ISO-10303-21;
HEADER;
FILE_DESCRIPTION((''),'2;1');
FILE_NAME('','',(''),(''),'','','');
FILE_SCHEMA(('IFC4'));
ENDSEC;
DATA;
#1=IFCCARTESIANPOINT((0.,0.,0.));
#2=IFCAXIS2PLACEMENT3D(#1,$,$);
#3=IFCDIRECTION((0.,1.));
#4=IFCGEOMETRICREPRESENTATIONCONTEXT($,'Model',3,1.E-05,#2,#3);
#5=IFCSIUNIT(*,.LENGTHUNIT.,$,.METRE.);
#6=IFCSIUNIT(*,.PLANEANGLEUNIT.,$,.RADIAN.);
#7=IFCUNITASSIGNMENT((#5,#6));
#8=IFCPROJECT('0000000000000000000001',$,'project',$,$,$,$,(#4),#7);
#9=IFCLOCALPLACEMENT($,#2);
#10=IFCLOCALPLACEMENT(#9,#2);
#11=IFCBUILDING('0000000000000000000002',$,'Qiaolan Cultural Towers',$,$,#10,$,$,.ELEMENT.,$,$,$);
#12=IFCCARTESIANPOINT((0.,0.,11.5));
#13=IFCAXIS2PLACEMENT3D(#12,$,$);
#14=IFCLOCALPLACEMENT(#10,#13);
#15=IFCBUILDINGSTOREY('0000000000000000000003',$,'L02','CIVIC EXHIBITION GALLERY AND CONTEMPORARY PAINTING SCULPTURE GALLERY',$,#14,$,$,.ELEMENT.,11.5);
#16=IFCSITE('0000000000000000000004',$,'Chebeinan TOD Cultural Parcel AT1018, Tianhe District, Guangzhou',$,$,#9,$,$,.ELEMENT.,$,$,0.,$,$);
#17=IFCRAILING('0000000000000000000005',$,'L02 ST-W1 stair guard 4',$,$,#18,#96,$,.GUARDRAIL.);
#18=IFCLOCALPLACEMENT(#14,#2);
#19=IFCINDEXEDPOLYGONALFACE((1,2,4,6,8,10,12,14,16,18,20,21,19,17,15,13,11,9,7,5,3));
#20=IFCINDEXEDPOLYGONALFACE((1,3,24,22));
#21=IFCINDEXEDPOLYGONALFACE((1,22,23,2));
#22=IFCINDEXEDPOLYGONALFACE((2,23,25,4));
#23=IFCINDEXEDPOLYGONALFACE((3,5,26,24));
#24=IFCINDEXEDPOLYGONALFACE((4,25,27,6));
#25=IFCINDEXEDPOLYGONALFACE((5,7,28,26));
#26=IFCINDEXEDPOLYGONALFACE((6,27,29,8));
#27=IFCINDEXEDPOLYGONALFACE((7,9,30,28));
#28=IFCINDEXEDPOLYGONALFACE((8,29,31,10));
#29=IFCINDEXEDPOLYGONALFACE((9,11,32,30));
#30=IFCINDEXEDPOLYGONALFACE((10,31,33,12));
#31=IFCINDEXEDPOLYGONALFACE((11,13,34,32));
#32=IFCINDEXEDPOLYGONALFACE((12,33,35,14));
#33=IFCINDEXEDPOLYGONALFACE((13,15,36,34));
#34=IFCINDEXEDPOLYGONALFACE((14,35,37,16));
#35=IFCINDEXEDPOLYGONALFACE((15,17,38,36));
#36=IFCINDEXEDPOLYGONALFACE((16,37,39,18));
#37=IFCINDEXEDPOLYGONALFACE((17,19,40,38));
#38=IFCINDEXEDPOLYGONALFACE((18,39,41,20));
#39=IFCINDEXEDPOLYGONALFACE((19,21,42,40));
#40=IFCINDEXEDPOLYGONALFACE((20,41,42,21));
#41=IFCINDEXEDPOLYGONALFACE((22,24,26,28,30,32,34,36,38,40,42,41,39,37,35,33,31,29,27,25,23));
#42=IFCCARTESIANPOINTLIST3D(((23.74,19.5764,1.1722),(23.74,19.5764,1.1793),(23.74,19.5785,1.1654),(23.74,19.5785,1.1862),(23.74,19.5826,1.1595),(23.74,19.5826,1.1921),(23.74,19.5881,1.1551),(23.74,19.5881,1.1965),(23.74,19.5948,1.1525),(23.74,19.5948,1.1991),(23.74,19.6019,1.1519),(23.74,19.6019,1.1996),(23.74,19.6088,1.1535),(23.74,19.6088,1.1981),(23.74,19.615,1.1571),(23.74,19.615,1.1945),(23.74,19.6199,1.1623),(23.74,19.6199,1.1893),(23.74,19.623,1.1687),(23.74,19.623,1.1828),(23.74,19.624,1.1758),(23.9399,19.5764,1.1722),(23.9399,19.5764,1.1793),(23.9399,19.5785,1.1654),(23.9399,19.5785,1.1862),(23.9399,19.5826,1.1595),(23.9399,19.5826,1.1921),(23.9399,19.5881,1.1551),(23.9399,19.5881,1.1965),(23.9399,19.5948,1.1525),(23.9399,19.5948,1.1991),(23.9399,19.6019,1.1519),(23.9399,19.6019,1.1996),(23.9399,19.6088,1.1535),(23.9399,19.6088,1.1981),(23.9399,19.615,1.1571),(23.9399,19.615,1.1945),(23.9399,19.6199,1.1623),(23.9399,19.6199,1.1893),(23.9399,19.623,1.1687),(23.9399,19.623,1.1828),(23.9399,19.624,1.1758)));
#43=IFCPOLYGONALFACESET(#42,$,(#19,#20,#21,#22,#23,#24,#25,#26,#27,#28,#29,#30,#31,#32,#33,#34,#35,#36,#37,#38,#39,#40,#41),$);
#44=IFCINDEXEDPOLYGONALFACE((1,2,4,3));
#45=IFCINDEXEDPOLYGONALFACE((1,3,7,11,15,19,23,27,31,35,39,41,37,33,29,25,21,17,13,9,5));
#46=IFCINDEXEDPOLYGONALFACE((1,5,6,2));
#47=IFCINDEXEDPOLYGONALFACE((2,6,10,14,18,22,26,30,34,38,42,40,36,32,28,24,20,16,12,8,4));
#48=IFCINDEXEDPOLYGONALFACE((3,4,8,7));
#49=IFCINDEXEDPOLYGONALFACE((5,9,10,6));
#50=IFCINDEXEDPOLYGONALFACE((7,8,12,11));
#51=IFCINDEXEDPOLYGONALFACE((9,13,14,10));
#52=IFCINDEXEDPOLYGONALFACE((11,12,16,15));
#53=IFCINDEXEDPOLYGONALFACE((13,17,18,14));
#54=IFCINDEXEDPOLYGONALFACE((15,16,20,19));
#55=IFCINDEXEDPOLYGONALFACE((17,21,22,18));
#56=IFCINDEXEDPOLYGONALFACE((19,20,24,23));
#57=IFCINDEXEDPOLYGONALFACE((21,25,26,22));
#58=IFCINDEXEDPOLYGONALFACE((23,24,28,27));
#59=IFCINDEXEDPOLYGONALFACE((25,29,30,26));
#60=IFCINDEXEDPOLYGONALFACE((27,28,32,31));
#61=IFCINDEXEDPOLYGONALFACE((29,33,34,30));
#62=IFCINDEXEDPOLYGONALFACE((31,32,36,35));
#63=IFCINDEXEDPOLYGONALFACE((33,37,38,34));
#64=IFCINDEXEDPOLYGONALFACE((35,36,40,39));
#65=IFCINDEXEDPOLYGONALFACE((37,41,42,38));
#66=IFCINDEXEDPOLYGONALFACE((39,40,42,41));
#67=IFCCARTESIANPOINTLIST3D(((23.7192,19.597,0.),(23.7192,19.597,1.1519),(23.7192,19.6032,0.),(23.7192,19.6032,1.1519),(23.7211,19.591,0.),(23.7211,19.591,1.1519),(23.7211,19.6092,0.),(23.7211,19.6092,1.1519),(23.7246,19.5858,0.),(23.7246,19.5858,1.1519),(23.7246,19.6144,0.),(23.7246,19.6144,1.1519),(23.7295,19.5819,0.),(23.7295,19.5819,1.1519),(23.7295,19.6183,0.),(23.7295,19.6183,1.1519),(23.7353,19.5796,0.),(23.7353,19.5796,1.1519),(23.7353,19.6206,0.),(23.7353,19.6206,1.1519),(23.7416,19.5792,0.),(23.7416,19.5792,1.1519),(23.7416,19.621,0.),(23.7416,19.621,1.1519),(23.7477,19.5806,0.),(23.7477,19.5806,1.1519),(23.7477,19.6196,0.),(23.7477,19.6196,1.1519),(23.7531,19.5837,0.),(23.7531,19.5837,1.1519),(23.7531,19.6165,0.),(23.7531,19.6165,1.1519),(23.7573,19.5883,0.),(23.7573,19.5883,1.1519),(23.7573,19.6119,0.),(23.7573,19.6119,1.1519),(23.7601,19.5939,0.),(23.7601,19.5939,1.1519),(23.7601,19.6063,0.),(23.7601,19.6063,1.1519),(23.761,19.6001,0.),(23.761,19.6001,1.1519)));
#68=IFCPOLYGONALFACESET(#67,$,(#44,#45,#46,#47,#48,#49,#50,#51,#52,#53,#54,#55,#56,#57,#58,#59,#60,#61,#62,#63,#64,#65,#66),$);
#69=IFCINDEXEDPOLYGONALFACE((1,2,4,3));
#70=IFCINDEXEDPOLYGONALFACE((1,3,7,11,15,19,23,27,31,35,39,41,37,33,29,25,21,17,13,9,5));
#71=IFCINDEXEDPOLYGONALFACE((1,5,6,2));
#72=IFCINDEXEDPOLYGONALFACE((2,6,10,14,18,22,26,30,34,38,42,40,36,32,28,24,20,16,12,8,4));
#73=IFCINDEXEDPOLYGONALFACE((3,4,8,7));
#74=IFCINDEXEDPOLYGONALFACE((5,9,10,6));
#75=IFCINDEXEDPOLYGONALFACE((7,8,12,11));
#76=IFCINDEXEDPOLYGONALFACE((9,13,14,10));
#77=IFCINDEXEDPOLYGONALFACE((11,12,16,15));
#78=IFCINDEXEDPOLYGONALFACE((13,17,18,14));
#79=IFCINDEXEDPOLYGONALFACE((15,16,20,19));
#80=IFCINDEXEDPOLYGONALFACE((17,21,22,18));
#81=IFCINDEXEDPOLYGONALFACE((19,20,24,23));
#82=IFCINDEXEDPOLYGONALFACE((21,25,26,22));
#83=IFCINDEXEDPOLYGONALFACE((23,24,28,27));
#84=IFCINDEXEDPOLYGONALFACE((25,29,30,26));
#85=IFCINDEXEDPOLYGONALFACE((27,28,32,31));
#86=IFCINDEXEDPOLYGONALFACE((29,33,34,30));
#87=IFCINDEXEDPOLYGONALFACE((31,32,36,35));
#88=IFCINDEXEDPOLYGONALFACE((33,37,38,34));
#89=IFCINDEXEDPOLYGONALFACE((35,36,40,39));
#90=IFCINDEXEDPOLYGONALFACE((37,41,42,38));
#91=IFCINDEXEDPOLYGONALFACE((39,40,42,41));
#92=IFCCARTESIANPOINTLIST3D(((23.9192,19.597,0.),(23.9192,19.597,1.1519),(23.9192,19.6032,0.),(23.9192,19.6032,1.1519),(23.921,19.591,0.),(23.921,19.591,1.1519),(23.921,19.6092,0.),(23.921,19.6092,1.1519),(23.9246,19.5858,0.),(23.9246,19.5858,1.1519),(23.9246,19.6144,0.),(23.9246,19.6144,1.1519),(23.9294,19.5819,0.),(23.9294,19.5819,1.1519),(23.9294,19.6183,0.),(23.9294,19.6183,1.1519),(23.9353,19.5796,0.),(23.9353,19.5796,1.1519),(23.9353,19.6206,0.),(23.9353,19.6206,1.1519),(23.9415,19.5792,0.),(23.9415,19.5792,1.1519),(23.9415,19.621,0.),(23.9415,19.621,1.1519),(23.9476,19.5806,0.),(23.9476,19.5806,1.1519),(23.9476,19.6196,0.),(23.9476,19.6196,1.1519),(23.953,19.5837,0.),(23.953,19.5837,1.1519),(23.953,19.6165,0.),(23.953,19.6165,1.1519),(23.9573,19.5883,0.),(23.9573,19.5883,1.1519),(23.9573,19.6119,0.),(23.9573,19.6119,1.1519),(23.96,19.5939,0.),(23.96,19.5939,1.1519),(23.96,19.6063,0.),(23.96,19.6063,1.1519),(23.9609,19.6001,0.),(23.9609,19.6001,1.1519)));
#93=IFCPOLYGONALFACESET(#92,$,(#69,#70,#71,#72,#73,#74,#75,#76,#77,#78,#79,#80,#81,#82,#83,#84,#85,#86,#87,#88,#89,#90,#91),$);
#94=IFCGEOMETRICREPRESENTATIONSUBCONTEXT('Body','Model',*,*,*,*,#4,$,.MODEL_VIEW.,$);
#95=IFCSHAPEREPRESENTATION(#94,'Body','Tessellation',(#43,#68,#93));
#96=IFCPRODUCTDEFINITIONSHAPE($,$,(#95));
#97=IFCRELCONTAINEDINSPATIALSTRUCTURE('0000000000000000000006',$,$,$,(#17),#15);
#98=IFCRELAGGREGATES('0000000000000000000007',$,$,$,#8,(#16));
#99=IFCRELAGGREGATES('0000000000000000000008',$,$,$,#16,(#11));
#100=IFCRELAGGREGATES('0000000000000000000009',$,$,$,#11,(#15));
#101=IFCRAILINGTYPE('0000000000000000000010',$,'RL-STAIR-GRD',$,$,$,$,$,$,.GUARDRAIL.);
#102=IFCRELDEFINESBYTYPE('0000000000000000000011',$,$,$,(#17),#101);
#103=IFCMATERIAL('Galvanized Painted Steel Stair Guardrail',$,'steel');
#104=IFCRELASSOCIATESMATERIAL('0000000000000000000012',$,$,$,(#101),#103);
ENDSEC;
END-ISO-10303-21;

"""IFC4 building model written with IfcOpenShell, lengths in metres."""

from ifc_helpers import new_model, si_unit, direction, frame, origin, origin_2d, place, context, subcontext, project, spatial, circle, extrude, material, type_object, element, save


model = new_model("IFC4")

# Units and contexts
model_context = context("Model", 3, precision=1e-05, world=origin(), true_north=direction((0.0, 1.0)))
body_context = subcontext(model_context, "Body", "Model", "MODEL_VIEW")
ifc_project = project(units=[si_unit("LENGTHUNIT", "METRE"), si_unit("PLANEANGLEUNIT", "RADIAN")], contexts=[model_context])

# Site, building, storey
site_placement = place(None, origin())
site = spatial("IfcSite", under=ifc_project, at=site_placement, Name="Chebeinan TOD Cultural Parcel AT1018, Tianhe District, Guangzhou", CompositionType="ELEMENT", RefElevation=0.0)
building_placement = place(site_placement, origin())
building = spatial("IfcBuilding", under=site, at=building_placement, Name="Qiaolan Cultural Towers", CompositionType="ELEMENT")
storey_placement = place(building_placement, frame((0.0, 0.0, 11.5)))
storey = spatial("IfcBuildingStorey", under=building, at=storey_placement, Name="L02", Description="CIVIC EXHIBITION GALLERY AND CONTEMPORARY PAINTING SCULPTURE GALLERY", CompositionType="ELEMENT", Elevation=11.5)

# Railing
ifc_material_1 = material(Name="Galvanized Painted Steel Stair Guardrail", Category="steel")
railing_type_1 = type_object("IfcRailingType", Name="RL-STAIR-GRD", PredefinedType="GUARDRAIL", material=ifc_material_1)
railing_1_placement = place(storey_placement, frame((23.74, 19.6001, 0.0)))
element("IfcRailing", 1, at=railing_1_placement, inside=storey, type_object=railing_type_1, Name="L02 ST-W1 stair guard 4", PredefinedType="GUARDRAIL", context=body_context, shape_type="SweptSolid", body=[
    extrude(circle(Radius=0.0239, at=origin_2d()), frame((0.0, 0.0, 1.1758), z_axis=(1.0, 0.0, 0.0), x_axis=(0.0, 1.0, 0.0)), (0.0, 0.0, 1.0), 0.2),
    extrude(circle(Radius=0.021, at=origin_2d()), origin(), (0.0, 0.0, 1.0), 1.1519),
    extrude(circle(Radius=0.021, at=origin_2d()), frame((0.2, 0.0, 0.0)), (0.0, 0.0, 1.0), 1.1519),
])

save(model, "model.ifc")
